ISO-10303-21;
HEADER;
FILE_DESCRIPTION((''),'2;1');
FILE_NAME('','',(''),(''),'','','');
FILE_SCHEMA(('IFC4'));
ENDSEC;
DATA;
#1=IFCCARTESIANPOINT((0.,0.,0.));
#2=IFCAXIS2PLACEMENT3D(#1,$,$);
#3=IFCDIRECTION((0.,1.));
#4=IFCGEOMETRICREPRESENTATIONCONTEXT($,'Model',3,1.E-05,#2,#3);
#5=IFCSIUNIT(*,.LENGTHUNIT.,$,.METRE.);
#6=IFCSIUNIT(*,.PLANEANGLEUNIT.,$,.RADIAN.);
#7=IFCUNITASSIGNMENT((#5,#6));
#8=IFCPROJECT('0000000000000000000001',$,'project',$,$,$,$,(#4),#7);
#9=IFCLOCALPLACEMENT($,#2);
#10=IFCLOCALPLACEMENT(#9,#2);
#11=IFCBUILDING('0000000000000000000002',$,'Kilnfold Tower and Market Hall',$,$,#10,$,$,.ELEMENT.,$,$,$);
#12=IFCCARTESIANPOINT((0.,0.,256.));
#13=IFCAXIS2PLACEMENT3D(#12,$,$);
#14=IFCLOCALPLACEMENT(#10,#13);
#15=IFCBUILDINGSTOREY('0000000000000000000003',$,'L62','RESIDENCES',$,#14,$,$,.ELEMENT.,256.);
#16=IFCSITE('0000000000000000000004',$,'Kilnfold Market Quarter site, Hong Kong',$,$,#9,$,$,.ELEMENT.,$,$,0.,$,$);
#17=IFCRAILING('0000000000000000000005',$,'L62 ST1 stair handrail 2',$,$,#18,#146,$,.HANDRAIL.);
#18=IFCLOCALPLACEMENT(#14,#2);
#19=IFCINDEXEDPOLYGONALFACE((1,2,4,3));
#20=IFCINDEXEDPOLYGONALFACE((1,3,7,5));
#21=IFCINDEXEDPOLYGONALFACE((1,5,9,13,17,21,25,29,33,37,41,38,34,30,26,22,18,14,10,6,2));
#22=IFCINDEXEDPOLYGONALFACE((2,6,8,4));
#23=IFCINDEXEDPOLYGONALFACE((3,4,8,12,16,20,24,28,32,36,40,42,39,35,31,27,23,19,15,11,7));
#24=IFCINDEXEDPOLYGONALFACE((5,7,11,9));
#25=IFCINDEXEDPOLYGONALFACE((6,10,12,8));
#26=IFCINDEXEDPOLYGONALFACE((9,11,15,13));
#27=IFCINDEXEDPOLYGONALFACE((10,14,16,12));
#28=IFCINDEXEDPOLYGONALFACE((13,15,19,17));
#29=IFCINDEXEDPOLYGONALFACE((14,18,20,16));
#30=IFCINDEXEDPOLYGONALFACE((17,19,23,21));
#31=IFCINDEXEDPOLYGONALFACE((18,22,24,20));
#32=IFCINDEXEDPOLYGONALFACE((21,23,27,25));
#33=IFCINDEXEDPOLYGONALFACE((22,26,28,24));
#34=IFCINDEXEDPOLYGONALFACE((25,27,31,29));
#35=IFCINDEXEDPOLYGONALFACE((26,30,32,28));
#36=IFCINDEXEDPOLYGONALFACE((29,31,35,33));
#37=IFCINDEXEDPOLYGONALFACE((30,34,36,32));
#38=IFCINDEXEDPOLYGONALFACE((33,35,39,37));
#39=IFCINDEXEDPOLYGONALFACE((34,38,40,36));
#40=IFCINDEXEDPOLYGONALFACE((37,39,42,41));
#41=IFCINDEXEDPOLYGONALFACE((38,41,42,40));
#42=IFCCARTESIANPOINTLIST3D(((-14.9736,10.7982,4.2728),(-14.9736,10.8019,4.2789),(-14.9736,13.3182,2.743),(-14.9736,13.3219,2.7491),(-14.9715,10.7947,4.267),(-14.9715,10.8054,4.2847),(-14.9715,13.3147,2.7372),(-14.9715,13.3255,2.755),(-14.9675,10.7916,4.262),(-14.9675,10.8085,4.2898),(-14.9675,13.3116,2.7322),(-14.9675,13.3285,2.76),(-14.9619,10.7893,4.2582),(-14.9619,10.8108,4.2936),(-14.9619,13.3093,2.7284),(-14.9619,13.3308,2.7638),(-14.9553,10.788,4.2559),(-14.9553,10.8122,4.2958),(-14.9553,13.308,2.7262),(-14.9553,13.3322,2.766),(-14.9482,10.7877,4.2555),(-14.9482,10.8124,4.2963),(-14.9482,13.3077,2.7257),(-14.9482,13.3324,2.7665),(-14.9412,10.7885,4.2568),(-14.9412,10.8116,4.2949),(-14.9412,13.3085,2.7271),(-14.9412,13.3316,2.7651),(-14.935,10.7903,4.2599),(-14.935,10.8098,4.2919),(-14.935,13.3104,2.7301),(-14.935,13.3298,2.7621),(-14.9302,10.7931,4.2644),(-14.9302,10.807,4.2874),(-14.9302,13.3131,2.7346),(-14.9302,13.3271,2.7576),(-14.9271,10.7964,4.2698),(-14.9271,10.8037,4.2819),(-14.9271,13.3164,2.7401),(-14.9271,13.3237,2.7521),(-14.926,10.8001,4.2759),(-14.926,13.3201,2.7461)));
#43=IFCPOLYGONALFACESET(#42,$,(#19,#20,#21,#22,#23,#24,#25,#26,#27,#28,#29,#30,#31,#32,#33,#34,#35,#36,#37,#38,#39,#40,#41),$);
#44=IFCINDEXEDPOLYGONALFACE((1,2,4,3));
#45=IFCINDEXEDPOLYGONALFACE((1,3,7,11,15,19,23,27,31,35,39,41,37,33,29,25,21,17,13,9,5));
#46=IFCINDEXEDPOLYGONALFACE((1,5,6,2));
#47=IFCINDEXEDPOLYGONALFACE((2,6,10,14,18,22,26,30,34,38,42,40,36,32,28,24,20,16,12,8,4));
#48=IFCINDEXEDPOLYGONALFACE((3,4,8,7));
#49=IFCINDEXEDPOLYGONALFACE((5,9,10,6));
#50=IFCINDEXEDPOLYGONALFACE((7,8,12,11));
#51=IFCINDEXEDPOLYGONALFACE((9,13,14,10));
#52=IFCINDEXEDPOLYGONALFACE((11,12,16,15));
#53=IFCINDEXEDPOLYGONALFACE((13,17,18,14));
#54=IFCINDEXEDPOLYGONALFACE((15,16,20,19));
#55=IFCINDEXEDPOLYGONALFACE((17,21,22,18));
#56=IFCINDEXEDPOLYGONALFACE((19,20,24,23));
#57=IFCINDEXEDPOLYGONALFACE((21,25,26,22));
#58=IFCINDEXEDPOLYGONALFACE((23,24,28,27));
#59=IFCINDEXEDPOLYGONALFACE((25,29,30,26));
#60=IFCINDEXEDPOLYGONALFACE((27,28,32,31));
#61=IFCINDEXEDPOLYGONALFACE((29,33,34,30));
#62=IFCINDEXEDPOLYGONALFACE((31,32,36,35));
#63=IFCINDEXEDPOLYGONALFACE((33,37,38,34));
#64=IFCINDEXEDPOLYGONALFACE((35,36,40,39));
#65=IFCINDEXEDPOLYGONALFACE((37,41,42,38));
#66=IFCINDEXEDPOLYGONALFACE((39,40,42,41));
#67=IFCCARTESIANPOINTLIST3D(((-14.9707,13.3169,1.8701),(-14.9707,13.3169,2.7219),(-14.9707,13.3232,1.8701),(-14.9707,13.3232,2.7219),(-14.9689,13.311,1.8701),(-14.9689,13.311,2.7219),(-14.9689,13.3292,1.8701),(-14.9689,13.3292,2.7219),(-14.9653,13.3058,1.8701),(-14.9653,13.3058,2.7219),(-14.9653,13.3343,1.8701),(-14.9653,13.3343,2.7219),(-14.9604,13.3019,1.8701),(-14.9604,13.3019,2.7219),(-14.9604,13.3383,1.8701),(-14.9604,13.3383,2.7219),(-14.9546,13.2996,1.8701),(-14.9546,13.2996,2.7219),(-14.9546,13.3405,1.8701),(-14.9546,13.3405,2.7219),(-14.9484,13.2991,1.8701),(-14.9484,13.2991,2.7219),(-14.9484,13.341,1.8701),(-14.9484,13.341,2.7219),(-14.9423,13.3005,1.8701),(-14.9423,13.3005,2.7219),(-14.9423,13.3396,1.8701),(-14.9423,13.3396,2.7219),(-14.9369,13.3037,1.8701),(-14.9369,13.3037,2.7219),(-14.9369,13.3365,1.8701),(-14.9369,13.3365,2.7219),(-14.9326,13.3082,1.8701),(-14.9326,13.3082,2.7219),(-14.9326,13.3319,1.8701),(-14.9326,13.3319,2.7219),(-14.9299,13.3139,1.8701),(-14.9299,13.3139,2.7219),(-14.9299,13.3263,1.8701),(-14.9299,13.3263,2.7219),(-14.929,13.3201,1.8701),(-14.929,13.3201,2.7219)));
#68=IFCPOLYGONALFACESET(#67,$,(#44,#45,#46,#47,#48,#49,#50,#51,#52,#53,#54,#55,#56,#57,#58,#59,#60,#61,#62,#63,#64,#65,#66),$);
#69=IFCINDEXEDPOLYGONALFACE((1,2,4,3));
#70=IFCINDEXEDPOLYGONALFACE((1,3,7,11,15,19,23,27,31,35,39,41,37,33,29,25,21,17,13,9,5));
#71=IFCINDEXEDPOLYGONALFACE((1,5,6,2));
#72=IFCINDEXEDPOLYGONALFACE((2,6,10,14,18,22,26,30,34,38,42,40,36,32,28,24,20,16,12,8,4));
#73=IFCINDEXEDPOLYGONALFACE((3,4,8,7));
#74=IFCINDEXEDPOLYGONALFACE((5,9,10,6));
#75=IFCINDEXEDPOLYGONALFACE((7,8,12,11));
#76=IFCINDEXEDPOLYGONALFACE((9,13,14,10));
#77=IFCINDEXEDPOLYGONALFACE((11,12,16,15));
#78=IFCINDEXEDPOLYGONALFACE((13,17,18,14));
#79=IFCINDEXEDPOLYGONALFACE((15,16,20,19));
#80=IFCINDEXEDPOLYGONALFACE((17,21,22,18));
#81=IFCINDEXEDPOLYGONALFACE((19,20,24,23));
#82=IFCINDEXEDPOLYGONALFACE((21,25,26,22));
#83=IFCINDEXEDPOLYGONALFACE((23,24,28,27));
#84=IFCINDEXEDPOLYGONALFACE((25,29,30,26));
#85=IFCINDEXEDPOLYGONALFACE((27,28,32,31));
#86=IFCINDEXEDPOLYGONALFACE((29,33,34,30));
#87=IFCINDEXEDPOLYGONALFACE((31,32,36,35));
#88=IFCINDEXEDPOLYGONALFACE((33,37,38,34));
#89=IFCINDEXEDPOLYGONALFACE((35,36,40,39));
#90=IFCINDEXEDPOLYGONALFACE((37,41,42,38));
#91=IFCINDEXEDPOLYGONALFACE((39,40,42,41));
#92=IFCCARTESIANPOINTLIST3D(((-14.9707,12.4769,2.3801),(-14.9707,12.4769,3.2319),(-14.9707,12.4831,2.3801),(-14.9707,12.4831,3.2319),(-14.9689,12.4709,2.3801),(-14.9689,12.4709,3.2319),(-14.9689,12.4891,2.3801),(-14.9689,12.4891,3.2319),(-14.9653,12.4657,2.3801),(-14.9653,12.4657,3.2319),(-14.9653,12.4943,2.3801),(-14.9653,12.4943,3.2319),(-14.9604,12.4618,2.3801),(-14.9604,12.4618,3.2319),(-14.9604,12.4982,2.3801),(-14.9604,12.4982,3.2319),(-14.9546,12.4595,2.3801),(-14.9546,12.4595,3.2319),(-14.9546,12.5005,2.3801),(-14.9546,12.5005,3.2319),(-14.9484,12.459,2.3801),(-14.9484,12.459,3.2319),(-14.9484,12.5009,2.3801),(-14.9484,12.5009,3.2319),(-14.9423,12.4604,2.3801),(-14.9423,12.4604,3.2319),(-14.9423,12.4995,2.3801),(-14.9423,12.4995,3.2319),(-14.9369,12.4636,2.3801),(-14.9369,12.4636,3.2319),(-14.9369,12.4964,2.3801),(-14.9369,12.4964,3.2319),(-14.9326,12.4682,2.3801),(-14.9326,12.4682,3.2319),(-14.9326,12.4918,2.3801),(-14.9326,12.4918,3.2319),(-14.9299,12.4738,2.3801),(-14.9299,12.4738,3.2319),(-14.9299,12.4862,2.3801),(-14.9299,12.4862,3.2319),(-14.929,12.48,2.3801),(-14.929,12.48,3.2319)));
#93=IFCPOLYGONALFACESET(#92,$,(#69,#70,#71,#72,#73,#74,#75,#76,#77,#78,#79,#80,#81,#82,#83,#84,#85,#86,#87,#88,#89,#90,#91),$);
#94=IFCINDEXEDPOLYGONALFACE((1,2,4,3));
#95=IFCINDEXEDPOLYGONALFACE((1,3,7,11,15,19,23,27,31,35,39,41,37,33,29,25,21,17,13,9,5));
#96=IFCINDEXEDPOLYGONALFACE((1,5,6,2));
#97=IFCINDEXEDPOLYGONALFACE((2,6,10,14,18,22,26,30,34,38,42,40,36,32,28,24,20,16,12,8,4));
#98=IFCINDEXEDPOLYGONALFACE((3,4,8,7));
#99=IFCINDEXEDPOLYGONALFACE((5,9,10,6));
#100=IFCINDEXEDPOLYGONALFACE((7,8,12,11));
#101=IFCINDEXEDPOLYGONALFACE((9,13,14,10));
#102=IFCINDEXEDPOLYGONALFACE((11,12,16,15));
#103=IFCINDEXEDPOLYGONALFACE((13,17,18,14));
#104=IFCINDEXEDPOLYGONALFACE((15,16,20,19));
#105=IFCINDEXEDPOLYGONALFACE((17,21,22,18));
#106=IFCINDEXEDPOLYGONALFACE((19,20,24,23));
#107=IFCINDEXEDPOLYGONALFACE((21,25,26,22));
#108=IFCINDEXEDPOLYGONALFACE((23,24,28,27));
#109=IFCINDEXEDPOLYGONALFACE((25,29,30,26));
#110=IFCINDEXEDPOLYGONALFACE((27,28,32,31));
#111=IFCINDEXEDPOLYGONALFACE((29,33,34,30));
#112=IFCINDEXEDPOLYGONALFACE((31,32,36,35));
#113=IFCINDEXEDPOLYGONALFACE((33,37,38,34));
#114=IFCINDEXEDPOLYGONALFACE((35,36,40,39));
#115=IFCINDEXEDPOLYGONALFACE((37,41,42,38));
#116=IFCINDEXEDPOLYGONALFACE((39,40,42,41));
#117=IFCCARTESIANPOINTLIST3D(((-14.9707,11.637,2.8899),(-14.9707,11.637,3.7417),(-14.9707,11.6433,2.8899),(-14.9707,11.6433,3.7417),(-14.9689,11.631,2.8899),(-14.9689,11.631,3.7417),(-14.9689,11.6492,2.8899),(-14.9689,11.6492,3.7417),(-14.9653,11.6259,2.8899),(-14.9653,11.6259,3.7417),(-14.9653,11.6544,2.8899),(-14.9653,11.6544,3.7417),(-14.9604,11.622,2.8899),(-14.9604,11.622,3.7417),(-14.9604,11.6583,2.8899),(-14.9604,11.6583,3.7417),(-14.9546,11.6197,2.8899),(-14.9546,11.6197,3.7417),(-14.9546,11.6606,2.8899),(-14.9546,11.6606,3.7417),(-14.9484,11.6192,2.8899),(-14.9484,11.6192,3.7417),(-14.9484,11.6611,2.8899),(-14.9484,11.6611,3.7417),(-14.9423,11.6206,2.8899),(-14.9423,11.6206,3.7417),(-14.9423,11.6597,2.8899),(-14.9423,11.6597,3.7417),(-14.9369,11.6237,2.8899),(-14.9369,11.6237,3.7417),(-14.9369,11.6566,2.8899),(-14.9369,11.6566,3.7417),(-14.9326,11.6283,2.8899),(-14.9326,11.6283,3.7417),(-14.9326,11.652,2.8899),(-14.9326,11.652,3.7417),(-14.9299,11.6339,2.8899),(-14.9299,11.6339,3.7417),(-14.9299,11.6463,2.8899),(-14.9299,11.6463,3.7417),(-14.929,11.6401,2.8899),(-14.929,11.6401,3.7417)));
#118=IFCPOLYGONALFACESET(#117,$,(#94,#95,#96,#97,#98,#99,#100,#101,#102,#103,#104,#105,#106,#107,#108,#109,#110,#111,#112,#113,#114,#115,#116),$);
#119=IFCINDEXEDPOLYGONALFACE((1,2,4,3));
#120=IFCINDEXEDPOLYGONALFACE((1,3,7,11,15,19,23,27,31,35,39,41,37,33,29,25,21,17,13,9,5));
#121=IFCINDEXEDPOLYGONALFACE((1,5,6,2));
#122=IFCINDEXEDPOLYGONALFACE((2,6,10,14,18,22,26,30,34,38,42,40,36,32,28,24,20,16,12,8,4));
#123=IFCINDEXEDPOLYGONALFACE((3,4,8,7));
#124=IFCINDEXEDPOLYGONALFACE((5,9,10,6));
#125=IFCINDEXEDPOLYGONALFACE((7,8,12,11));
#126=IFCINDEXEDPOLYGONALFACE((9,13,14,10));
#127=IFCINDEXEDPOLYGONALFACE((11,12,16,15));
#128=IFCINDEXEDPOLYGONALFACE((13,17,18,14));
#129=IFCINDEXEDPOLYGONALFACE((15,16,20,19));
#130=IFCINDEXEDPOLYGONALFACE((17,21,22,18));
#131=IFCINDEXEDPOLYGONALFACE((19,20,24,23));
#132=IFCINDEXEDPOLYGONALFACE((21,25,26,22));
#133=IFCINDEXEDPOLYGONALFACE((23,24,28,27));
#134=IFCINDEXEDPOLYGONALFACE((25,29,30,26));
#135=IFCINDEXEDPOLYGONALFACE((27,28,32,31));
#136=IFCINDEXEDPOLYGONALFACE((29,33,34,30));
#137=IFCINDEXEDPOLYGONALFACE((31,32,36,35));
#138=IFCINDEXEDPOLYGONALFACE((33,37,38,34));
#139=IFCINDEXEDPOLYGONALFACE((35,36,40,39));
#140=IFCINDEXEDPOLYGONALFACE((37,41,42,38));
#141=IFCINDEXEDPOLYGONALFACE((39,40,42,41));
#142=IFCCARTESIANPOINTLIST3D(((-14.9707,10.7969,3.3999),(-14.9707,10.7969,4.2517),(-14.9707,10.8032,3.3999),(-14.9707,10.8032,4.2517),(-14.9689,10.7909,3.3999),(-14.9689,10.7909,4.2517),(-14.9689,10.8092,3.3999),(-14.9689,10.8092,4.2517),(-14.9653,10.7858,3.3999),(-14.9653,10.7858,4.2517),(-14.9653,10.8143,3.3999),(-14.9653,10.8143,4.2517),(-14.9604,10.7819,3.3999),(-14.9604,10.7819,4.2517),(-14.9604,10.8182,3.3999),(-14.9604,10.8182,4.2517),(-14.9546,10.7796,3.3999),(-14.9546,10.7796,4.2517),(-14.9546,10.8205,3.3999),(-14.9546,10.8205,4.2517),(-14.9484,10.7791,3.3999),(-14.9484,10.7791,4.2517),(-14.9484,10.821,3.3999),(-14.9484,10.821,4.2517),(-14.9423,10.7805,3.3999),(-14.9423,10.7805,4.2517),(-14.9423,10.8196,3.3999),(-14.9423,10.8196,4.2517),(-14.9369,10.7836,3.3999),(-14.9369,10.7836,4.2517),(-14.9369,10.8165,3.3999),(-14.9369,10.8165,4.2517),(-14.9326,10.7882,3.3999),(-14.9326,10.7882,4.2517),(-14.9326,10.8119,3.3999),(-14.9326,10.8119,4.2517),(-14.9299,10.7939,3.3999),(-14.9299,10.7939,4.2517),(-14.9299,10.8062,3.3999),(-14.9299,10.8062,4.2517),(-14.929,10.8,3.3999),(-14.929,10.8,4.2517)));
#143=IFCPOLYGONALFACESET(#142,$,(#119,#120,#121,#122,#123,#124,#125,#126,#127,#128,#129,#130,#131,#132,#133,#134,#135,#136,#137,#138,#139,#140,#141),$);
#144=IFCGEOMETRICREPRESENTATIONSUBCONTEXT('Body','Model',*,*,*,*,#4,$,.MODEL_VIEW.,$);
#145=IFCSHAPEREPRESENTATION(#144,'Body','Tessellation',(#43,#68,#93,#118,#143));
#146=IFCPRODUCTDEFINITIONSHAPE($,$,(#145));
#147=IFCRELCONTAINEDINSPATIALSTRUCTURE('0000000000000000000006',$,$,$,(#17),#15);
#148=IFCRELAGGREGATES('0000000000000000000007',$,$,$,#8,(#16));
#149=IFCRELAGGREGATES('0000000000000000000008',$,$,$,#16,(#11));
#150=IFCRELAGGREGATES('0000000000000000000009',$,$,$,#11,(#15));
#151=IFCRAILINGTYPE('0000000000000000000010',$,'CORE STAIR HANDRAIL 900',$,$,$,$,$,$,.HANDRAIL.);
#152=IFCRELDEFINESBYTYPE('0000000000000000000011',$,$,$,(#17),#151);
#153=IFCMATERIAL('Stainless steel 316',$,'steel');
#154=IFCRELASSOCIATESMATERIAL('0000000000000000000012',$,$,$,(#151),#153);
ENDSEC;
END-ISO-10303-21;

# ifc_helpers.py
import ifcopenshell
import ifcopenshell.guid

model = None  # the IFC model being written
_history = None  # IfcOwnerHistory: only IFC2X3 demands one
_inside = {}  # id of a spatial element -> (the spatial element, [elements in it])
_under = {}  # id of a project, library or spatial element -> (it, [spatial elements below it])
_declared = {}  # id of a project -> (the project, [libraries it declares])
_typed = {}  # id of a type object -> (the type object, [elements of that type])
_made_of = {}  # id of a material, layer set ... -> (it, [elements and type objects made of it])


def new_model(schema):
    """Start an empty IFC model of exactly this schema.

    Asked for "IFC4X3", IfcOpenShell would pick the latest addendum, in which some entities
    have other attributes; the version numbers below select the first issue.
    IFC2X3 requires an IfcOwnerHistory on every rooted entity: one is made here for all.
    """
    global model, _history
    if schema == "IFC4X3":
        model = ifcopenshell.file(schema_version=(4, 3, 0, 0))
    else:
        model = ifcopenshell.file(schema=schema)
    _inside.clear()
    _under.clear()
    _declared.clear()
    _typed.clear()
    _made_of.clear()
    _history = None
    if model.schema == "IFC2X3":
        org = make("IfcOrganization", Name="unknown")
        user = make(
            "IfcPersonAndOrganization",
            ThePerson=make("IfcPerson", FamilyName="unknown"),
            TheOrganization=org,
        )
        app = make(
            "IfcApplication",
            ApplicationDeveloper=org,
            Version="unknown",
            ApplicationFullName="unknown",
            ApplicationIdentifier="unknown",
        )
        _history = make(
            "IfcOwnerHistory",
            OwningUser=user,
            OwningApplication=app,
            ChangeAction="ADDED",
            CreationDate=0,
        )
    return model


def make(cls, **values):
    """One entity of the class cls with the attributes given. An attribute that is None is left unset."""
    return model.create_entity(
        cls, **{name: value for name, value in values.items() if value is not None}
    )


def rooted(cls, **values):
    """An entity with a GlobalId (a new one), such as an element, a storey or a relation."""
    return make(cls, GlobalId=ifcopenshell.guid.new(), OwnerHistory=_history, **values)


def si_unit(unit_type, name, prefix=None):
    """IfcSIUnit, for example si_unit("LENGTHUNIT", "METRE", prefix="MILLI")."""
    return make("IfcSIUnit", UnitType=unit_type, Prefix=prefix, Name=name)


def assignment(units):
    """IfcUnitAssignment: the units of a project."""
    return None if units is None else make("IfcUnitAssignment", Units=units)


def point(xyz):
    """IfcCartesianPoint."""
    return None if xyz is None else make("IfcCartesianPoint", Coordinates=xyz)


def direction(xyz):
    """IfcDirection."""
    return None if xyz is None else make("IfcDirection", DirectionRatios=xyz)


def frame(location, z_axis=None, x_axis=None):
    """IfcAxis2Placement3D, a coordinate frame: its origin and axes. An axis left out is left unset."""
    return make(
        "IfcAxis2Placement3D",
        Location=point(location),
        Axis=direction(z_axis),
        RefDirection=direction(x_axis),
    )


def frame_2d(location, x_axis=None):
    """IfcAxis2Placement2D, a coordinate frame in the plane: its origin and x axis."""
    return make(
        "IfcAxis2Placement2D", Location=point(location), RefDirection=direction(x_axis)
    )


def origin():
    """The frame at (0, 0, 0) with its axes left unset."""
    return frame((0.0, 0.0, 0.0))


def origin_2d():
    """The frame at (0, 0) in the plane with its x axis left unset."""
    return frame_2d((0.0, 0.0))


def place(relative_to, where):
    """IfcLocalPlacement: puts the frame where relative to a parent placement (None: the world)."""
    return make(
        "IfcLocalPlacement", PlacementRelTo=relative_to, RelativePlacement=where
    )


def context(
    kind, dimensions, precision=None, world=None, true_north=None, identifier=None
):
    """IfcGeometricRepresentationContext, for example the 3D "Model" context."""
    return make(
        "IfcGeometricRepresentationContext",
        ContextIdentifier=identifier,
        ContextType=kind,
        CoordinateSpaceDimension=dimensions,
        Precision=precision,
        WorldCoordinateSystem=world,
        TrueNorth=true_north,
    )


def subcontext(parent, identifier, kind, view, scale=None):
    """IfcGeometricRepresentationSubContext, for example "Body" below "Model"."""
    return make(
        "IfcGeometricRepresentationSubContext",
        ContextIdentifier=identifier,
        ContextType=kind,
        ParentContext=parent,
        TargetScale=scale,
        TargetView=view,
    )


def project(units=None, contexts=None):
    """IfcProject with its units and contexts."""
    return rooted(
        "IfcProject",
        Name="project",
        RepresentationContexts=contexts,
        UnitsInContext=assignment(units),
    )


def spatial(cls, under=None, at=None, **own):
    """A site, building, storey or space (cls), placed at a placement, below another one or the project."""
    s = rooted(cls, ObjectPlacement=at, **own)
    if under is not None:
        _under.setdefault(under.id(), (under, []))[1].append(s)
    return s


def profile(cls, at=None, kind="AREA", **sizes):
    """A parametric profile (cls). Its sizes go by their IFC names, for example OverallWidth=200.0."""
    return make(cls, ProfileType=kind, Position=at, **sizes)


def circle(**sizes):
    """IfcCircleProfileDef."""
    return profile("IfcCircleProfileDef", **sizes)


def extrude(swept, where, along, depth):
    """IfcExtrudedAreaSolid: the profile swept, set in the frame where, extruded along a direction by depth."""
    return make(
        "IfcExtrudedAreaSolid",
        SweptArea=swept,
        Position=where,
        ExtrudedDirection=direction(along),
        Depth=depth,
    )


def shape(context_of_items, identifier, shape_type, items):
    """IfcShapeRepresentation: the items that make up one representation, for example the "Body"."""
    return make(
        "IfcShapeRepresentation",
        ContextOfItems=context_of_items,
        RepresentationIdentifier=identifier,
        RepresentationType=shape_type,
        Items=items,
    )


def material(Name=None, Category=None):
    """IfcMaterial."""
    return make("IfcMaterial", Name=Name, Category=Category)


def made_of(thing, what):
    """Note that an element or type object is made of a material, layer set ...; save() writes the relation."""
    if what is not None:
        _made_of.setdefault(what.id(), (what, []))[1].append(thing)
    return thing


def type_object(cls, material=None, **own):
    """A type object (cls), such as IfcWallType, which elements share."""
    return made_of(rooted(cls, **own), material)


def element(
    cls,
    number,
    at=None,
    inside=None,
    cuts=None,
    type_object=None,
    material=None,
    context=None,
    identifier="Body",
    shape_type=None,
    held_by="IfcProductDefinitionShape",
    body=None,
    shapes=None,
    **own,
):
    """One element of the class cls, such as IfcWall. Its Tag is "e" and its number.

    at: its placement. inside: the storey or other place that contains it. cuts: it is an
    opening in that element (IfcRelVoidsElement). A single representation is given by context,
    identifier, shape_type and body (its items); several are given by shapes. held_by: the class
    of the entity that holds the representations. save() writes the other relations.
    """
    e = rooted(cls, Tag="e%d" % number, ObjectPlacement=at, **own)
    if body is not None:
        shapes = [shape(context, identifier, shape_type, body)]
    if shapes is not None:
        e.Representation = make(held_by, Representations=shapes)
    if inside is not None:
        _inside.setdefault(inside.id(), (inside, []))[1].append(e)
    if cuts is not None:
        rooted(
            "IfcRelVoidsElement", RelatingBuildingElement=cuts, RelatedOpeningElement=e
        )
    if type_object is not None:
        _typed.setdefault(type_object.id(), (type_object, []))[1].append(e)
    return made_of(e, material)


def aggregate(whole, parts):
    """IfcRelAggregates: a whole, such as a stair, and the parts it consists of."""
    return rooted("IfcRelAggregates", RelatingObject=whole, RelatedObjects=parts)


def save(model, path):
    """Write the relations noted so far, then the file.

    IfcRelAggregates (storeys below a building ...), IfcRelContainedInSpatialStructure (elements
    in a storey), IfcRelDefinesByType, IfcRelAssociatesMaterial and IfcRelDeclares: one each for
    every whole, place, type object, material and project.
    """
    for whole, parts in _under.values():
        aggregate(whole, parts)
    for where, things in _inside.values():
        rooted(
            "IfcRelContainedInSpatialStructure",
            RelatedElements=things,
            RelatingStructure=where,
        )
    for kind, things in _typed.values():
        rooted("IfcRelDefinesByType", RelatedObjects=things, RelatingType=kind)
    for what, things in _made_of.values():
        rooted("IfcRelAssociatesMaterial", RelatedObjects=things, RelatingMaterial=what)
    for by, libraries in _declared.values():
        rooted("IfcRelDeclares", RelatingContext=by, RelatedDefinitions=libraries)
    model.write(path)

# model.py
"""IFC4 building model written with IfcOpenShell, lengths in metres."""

from ifc_helpers import new_model, si_unit, direction, frame, origin, origin_2d, place, context, subcontext, project, spatial, circle, extrude, material, type_object, element, save


model = new_model("IFC4")

# Units and contexts
model_context = context("Model", 3, precision=1e-05, world=origin(), true_north=direction((0.0, 1.0)))
body_context = subcontext(model_context, "Body", "Model", "MODEL_VIEW")
ifc_project = project(units=[si_unit("LENGTHUNIT", "METRE"), si_unit("PLANEANGLEUNIT", "RADIAN")], contexts=[model_context])

# Site, building, storey
site_placement = place(None, origin())
site = spatial("IfcSite", under=ifc_project, at=site_placement, Name="Kilnfold Market Quarter site, Hong Kong", CompositionType="ELEMENT", RefElevation=0.0)
building_placement = place(site_placement, origin())
building = spatial("IfcBuilding", under=site, at=building_placement, Name="Kilnfold Tower and Market Hall", CompositionType="ELEMENT")
storey_placement = place(building_placement, frame((0.0, 0.0, 256.0)))
storey = spatial("IfcBuildingStorey", under=building, at=storey_placement, Name="L62", Description="RESIDENCES", CompositionType="ELEMENT", Elevation=256.0)

# Railing
ifc_material_1 = material(Name="Stainless steel 316", Category="steel")
railing_type = type_object("IfcRailingType", Name="CORE STAIR HANDRAIL 900", PredefinedType="HANDRAIL", material=ifc_material_1)
railing_placement = place(storey_placement, frame((-14.95, 13.3201, 1.8701)))
element("IfcRailing", 1, at=railing_placement, inside=storey, type_object=railing_type, Name="L62 ST1 stair handrail 2", PredefinedType="HANDRAIL", context=body_context, shape_type="SweptSolid", body=[
    extrude(circle(Radius=0.0239, at=origin_2d()), frame((0.0, 0.0, 0.876), z_axis=(0.0, -0.854822, 0.518922), x_axis=(1.0, 0.0, 0.0)), (0.0, 0.0, 1.0), 2.948),
    extrude(circle(Radius=0.021, at=origin_2d()), origin(), (0.0, 0.0, 1.0), 0.8518),
    extrude(circle(Radius=0.021, at=origin_2d()), frame((0.0, -0.8401, 0.51)), (0.0, 0.0, 1.0), 0.8518),
    extrude(circle(Radius=0.021, at=origin_2d()), frame((0.0, -1.6799, 1.0198)), (0.0, 0.0, 1.0), 0.8518),
    extrude(circle(Radius=0.021, at=origin_2d()), frame((0.0, -2.52, 1.5298)), (0.0, 0.0, 1.0), 0.8518),
])

save(model, "model.ifc")
